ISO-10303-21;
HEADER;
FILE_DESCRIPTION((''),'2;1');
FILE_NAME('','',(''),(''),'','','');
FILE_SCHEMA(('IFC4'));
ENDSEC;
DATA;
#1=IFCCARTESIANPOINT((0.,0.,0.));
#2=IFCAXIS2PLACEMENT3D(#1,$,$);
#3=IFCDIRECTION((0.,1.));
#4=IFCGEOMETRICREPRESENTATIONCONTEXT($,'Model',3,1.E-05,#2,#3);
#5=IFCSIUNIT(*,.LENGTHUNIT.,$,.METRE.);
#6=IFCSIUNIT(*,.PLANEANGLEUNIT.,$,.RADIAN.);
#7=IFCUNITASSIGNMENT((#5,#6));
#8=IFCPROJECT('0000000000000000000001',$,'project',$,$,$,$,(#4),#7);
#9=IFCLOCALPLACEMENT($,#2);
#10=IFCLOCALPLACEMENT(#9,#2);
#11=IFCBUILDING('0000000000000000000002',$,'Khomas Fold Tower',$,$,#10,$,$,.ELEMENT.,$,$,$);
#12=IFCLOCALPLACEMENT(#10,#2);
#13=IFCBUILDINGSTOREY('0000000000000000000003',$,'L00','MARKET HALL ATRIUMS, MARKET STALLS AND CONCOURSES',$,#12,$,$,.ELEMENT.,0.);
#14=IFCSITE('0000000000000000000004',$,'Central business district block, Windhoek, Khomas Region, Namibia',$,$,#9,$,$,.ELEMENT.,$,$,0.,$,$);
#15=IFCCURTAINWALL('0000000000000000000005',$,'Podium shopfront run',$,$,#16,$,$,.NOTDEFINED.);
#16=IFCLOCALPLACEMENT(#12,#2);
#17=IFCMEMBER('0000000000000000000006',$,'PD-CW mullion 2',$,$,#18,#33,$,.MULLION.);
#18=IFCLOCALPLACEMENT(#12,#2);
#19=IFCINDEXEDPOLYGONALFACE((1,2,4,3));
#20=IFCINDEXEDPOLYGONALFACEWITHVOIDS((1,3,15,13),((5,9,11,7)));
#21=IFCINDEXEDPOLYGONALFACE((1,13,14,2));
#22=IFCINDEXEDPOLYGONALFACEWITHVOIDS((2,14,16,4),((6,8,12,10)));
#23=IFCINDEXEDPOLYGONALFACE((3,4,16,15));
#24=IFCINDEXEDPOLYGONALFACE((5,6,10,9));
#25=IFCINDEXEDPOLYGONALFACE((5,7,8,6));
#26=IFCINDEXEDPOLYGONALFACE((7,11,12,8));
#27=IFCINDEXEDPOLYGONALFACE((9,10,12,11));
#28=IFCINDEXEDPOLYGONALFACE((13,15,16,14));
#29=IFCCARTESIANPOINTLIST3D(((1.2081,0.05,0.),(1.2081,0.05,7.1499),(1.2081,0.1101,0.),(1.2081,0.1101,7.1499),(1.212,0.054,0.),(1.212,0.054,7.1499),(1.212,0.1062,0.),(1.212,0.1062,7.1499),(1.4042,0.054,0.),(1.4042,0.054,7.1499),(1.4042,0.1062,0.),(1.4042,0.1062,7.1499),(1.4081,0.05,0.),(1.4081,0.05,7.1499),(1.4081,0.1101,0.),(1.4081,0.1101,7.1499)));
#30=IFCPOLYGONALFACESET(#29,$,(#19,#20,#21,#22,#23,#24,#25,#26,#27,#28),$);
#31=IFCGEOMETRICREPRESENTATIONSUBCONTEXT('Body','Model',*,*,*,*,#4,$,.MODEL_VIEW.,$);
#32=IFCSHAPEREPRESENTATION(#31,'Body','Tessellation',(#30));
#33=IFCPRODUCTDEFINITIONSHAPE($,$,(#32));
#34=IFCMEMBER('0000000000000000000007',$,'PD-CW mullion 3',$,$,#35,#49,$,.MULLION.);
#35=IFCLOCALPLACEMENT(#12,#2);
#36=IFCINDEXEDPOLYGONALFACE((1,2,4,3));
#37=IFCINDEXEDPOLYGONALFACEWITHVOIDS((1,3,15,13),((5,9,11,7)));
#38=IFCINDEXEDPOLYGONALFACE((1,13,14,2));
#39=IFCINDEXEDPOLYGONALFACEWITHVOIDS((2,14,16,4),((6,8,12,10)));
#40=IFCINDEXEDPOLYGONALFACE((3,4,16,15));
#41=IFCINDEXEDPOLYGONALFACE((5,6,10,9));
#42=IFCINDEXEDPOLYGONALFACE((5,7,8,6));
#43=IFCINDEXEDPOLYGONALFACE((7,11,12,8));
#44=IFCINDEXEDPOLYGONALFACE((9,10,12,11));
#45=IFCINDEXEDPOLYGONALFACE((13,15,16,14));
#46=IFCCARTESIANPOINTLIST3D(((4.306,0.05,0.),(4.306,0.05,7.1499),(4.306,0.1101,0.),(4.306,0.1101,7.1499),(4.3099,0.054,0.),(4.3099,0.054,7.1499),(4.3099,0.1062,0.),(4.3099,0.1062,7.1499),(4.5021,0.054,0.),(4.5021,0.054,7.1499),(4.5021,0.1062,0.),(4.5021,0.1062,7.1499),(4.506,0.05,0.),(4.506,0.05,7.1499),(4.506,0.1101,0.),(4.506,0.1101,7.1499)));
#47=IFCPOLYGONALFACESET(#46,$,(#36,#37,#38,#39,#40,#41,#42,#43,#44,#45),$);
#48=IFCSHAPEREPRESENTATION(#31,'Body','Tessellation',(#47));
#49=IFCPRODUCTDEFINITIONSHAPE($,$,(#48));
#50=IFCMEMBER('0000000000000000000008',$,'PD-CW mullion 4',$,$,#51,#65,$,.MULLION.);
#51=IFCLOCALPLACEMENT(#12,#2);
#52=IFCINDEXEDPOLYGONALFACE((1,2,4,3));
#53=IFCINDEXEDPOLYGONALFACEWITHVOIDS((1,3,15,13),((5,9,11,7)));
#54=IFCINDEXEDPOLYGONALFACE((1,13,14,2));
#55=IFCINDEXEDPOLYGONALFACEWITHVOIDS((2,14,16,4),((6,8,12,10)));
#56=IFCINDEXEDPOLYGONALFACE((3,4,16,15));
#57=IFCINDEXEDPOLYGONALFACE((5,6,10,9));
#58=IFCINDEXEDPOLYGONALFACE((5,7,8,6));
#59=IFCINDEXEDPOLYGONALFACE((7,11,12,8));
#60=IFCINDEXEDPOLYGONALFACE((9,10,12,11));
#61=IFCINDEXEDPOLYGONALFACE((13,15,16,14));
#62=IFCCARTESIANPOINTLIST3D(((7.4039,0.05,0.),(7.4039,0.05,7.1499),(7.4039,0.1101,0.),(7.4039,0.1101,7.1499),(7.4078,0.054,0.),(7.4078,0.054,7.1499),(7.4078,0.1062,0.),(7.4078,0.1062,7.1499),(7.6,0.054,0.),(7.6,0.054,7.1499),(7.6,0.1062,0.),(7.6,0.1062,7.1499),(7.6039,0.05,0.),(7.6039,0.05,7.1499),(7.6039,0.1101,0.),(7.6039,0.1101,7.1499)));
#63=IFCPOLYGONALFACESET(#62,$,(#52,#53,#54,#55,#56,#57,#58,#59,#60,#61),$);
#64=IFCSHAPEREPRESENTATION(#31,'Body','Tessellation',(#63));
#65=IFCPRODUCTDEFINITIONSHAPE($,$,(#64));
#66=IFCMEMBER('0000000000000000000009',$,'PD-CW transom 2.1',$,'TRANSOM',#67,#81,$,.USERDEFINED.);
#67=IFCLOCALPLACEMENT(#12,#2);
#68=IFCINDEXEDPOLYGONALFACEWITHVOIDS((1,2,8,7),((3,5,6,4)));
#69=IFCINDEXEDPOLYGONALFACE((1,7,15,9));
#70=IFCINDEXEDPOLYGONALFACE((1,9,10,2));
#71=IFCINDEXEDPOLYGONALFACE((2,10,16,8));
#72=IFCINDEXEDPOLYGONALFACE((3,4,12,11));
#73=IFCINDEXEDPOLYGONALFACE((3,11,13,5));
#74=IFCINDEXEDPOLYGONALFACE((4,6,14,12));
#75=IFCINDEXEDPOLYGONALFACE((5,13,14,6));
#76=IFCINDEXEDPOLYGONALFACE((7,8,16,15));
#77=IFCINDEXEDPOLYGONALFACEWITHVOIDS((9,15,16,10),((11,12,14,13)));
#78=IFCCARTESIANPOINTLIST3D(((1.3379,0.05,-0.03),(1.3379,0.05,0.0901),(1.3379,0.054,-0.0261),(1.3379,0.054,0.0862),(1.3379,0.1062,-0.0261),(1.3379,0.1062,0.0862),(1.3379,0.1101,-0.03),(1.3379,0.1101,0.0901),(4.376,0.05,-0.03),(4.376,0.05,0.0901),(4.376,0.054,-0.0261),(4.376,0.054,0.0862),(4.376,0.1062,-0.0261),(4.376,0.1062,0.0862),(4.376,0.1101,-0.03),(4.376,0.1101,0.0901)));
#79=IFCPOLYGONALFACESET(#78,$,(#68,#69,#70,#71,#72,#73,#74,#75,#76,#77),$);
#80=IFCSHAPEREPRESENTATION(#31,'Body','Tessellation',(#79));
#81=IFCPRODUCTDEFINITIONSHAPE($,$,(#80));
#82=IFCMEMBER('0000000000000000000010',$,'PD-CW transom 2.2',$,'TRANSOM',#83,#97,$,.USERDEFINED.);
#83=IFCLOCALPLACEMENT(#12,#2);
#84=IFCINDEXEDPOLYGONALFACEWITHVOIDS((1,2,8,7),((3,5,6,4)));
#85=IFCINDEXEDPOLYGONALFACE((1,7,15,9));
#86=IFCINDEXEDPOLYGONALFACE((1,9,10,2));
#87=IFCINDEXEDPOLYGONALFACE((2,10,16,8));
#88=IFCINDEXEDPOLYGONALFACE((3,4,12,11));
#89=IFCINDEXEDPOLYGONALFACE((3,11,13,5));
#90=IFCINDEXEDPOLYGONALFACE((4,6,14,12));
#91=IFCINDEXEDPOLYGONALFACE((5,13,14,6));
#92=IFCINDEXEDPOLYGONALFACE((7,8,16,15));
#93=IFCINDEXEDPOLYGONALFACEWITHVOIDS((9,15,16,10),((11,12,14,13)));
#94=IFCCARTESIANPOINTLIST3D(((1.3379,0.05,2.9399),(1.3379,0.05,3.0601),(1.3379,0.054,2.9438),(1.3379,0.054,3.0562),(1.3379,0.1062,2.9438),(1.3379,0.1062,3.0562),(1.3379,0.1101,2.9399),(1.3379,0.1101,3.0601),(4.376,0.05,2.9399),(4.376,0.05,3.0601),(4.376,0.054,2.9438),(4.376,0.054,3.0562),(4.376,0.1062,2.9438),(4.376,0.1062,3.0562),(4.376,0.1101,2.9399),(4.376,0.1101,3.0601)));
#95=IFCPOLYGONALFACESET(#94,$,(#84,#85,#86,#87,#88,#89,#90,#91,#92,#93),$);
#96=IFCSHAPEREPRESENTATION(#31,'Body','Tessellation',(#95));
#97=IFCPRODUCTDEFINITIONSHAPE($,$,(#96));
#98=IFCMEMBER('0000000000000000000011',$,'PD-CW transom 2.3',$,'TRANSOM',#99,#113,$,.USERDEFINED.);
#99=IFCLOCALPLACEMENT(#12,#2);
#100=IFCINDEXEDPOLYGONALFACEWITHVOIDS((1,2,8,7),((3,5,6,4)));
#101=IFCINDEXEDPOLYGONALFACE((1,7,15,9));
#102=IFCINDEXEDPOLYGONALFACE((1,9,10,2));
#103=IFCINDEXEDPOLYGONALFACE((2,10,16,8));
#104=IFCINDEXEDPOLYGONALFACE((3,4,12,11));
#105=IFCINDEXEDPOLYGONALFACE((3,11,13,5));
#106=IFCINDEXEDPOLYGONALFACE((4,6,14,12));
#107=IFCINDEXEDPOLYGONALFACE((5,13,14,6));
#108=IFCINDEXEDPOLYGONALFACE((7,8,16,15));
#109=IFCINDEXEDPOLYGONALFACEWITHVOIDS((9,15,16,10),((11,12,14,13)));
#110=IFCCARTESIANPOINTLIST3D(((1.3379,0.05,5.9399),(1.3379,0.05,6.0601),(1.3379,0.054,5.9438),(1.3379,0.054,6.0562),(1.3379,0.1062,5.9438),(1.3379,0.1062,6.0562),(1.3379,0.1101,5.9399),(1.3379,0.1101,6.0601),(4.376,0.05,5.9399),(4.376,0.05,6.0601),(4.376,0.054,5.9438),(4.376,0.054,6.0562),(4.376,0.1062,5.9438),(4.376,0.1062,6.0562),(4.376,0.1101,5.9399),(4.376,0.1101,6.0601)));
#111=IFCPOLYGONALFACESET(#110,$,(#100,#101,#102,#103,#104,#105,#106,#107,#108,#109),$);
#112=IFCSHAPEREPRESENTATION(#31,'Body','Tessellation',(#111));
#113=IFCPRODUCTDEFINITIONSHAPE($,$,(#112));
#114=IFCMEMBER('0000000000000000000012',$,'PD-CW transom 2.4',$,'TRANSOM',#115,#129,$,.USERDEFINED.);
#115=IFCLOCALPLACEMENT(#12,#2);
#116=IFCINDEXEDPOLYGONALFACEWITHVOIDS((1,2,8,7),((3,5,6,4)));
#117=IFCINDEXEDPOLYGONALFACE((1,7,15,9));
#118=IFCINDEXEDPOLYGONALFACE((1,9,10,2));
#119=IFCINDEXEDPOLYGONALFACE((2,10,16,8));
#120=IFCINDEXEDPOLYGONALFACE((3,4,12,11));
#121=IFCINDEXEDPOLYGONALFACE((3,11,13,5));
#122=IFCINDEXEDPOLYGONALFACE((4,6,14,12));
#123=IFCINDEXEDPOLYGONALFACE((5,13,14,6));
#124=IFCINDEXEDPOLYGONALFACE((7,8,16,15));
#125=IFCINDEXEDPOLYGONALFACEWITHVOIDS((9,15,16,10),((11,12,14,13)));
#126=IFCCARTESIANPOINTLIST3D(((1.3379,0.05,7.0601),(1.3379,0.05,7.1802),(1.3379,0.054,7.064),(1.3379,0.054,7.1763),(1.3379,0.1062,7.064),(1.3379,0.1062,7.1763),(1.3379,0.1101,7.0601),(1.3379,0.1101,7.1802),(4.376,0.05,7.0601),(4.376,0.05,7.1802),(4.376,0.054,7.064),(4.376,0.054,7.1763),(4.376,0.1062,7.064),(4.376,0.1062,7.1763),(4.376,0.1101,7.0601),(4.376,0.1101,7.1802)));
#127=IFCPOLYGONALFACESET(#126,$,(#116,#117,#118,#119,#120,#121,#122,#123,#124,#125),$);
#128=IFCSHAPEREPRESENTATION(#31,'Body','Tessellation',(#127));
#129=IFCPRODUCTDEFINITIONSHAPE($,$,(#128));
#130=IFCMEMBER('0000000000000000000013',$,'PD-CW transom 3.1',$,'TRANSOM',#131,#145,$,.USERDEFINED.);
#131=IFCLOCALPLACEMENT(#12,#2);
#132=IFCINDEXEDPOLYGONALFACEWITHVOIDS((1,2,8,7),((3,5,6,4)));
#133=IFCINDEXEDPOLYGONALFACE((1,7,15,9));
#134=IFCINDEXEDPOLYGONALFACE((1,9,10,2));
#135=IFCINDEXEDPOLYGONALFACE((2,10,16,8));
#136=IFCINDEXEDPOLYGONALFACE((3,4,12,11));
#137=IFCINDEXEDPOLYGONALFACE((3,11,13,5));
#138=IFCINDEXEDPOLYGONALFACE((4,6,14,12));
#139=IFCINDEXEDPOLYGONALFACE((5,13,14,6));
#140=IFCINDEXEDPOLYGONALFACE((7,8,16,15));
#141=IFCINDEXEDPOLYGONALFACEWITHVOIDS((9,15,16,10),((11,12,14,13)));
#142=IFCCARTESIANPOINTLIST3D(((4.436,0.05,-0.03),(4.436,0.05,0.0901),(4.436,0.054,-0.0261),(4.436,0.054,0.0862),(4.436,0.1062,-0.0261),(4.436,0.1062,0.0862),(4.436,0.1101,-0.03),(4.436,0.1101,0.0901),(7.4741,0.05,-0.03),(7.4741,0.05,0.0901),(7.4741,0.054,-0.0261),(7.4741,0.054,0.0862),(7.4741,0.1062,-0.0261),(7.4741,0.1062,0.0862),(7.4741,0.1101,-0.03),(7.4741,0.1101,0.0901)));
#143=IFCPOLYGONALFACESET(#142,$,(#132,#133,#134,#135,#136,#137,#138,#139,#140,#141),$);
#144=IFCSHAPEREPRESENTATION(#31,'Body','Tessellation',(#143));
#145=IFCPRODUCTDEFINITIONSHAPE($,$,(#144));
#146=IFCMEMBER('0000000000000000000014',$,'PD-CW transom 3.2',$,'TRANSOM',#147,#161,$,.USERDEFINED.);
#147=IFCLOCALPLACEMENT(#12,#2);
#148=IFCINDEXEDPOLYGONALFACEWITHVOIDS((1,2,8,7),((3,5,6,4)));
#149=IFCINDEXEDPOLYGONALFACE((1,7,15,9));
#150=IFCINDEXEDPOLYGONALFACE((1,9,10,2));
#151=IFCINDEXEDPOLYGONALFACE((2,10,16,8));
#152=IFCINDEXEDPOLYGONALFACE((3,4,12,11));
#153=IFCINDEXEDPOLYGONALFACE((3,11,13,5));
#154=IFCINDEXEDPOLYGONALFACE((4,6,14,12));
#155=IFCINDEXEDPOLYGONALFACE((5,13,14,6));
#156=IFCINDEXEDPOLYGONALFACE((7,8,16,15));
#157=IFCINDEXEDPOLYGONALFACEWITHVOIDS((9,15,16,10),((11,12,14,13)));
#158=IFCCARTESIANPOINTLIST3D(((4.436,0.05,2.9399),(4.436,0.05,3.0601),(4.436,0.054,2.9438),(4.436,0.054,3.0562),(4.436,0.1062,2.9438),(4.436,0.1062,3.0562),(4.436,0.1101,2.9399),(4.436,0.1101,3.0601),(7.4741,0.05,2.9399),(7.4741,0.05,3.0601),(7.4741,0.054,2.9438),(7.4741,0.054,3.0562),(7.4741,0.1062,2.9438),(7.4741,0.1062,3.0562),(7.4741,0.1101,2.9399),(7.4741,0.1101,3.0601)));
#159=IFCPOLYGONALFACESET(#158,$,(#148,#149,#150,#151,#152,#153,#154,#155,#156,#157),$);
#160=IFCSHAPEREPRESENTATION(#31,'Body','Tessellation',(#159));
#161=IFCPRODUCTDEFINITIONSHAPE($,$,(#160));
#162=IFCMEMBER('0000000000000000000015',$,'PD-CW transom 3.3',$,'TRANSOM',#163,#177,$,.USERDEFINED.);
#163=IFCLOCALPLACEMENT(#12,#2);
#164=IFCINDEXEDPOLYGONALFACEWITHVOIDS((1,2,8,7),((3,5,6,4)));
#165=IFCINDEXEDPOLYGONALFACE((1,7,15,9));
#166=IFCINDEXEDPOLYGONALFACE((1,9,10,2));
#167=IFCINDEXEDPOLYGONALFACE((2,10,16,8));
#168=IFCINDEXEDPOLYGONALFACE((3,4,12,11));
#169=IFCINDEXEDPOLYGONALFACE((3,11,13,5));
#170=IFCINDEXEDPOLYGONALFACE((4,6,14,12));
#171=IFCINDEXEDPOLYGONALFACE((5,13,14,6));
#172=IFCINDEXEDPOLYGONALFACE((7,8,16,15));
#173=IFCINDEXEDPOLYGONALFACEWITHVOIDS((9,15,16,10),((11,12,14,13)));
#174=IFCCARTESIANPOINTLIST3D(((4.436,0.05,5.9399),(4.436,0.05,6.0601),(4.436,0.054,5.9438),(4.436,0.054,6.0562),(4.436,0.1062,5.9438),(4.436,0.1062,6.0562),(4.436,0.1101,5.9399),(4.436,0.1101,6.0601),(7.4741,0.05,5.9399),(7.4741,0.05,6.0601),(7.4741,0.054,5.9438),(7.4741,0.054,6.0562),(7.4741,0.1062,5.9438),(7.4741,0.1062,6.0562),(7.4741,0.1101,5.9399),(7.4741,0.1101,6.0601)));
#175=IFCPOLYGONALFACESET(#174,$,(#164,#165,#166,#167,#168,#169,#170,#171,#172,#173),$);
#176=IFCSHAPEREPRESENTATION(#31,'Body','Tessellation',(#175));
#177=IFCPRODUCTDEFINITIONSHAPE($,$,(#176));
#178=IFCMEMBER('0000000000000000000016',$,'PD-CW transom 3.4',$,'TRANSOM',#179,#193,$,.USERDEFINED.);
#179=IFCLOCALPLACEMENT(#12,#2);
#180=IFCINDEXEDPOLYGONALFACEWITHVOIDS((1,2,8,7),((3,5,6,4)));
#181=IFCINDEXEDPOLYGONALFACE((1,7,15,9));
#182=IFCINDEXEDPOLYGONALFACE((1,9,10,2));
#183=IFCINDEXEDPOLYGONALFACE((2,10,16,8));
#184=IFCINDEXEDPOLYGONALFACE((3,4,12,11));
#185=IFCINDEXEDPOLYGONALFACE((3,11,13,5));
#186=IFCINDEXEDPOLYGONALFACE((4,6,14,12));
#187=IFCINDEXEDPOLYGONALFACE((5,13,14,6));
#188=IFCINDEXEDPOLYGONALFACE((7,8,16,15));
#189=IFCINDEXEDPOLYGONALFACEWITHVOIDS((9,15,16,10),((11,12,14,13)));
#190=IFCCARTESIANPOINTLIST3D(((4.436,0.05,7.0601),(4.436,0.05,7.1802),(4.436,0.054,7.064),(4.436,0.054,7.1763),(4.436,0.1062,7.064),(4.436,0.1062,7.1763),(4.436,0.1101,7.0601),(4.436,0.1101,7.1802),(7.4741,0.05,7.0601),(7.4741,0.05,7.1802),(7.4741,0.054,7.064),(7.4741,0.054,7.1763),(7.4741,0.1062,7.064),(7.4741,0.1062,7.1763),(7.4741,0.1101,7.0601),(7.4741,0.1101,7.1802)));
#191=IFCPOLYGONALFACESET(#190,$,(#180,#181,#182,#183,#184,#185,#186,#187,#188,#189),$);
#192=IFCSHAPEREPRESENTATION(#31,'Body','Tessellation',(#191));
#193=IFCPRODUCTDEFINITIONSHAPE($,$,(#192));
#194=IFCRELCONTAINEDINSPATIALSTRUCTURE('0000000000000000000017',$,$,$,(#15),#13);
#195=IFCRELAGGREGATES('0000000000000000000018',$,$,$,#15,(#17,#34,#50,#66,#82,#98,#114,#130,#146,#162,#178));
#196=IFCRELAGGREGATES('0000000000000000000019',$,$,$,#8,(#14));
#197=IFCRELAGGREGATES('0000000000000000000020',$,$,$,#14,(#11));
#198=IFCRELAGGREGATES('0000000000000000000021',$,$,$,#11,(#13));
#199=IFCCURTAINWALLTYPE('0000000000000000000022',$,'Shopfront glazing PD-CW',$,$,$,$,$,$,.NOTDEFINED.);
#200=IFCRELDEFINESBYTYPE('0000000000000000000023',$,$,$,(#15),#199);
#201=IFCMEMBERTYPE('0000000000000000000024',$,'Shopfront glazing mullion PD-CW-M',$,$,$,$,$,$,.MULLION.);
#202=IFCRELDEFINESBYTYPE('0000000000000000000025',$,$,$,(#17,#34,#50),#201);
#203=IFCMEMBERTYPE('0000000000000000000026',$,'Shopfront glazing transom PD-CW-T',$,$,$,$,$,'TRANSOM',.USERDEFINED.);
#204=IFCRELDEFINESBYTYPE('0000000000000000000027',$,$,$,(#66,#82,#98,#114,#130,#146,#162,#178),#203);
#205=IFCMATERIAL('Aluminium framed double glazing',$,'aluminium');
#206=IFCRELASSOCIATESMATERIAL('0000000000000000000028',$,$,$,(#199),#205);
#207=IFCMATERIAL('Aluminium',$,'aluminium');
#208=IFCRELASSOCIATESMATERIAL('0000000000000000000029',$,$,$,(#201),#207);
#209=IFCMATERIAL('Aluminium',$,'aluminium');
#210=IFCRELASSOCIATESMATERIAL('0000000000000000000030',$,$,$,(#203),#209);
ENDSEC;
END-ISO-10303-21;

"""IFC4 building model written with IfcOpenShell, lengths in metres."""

from ifc_helpers import new_model, si_unit, direction, frame, origin, origin_2d, place, context, subcontext, project, spatial, hollow_rectangle, extrude, source, transform, mapped, material, material_profile, profile_set, type_object, element, aggregate, save


model = new_model("IFC4")

# Units and contexts
model_context = context("Model", 3, precision=1e-05, world=origin(), true_north=direction((0.0, 1.0)))
body_context = subcontext(model_context, "Body", "Model", "MODEL_VIEW")
ifc_project = project(units=[si_unit("LENGTHUNIT", "METRE"), si_unit("PLANEANGLEUNIT", "RADIAN")], contexts=[model_context])

# Site, building, storey
site_placement = place(None, origin())
site = spatial("IfcSite", under=ifc_project, at=site_placement, Name="Central business district block, Windhoek, Khomas Region, Namibia", CompositionType="ELEMENT", RefElevation=0.0)
building_placement = place(site_placement, origin())
building = spatial("IfcBuilding", under=site, at=building_placement, Name="Khomas Fold Tower", CompositionType="ELEMENT")
storey_placement = place(building_placement, origin())
storey = spatial("IfcBuildingStorey", under=building, at=storey_placement, Name="L00", Description="MARKET HALL ATRIUMS, MARKET STALLS AND CONCOURSES", CompositionType="ELEMENT", Elevation=0.0)

# Curtain wall, members
ifc_material_1 = material(Name="Aluminium framed double glazing", Category="aluminium")
curtain_wall_type = type_object("IfcCurtainWallType", Name="Shopfront glazing PD-CW", PredefinedType="NOTDEFINED", material=ifc_material_1)
curtain_wall_placement = place(storey_placement, origin())
curtain_wall = element("IfcCurtainWall", 1, at=curtain_wall_placement, inside=storey, type_object=curtain_wall_type, Name="Podium shopfront run", PredefinedType="NOTDEFINED")
ifc_material_2 = material(Name="Aluminium", Category="aluminium")
ifc_material_profile_1 = material_profile(ifc_material_2, hollow_rectangle(XDim=0.0601, YDim=0.2, WallThickness=0.0039, at=origin_2d()), Name="Shopfront glazing mullion PD-CW-M")
ifc_profile_set_1 = profile_set([ifc_material_profile_1], Name="Aluminium")
member_type_1 = type_object("IfcMemberType", Name="Shopfront glazing mullion PD-CW-M", PredefinedType="MULLION", material=ifc_profile_set_1)
shared_shape_1 = source(origin(), body_context, "Body", "SweptSolid", [
    extrude(hollow_rectangle(XDim=0.0601, YDim=0.2, WallThickness=0.0039, at=origin_2d()), origin(), (0.0, 0.0, 1.0), 7.1499),
])
member_1_placement = place(storey_placement, frame((1.3081, 0.0801, 0.0), z_axis=(0.0, 0.0, 1.0), x_axis=(0.0, 1.0, 0.0)))
member_1 = element("IfcMember", 2, at=member_1_placement, type_object=member_type_1, Name="PD-CW mullion 2", PredefinedType="MULLION", context=body_context, shape_type="MappedRepresentation", body=[
    mapped(shared_shape_1, transform((0.0, 0.0, 0.0))),
])
member_2_placement = place(storey_placement, frame((4.406, 0.0801, 0.0), z_axis=(0.0, 0.0, 1.0), x_axis=(0.0, 1.0, 0.0)))
member_2 = element("IfcMember", 3, at=member_2_placement, type_object=member_type_1, Name="PD-CW mullion 3", PredefinedType="MULLION", context=body_context, shape_type="MappedRepresentation", body=[
    mapped(shared_shape_1, transform((0.0, 0.0, 0.0))),
])
member_3_placement = place(storey_placement, frame((7.5039, 0.0801, 0.0), z_axis=(0.0, 0.0, 1.0), x_axis=(0.0, 1.0, 0.0)))
member_3 = element("IfcMember", 4, at=member_3_placement, type_object=member_type_1, Name="PD-CW mullion 4", PredefinedType="MULLION", context=body_context, shape_type="MappedRepresentation", body=[
    mapped(shared_shape_1, transform((0.0, 0.0, 0.0))),
])
ifc_material_3 = material(Name="Aluminium", Category="aluminium")
ifc_material_profile_2 = material_profile(ifc_material_3, hollow_rectangle(XDim=0.0601, YDim=0.1201, WallThickness=0.0039, at=origin_2d()), Name="Shopfront glazing transom PD-CW-T")
ifc_profile_set_2 = profile_set([ifc_material_profile_2], Name="Aluminium")
member_type_2 = type_object("IfcMemberType", Name="Shopfront glazing transom PD-CW-T", ElementType="TRANSOM", PredefinedType="USERDEFINED", material=ifc_profile_set_2)
shared_shape_2 = source(origin(), body_context, "Body", "SweptSolid", [
    extrude(hollow_rectangle(XDim=0.0601, YDim=0.1201, WallThickness=0.0039, at=origin_2d()), origin(), (0.0, 0.0, 1.0), 3.0381),
])
member_4_placement = place(storey_placement, frame((1.3379, 0.0801, 0.03), z_axis=(1.0, 0.0, 0.0), x_axis=(0.0, 1.0, 0.0)))
member_4 = element("IfcMember", 5, at=member_4_placement, type_object=member_type_2, Name="PD-CW transom 2.1", ObjectType="TRANSOM", PredefinedType="USERDEFINED", context=body_context, shape_type="MappedRepresentation", body=[
    mapped(shared_shape_2, transform((0.0, 0.0, 0.0))),
])
member_5_placement = place(storey_placement, frame((1.3379, 0.0801, 3.0), z_axis=(1.0, 0.0, 0.0), x_axis=(0.0, 1.0, 0.0)))
member_5 = element("IfcMember", 6, at=member_5_placement, type_object=member_type_2, Name="PD-CW transom 2.2", ObjectType="TRANSOM", PredefinedType="USERDEFINED", context=body_context, shape_type="MappedRepresentation", body=[
    mapped(shared_shape_2, transform((0.0, 0.0, 0.0))),
])
member_6_placement = place(storey_placement, frame((1.3379, 0.0801, 6.0), z_axis=(1.0, 0.0, 0.0), x_axis=(0.0, 1.0, 0.0)))
member_6 = element("IfcMember", 7, at=member_6_placement, type_object=member_type_2, Name="PD-CW transom 2.3", ObjectType="TRANSOM", PredefinedType="USERDEFINED", context=body_context, shape_type="MappedRepresentation", body=[
    mapped(shared_shape_2, transform((0.0, 0.0, 0.0))),
])
member_7_placement = place(storey_placement, frame((1.3379, 0.0801, 7.1201), z_axis=(1.0, 0.0, 0.0), x_axis=(0.0, 1.0, 0.0)))
member_7 = element("IfcMember", 8, at=member_7_placement, type_object=member_type_2, Name="PD-CW transom 2.4", ObjectType="TRANSOM", PredefinedType="USERDEFINED", context=body_context, shape_type="MappedRepresentation", body=[
    mapped(shared_shape_2, transform((0.0, 0.0, 0.0))),
])
member_8_placement = place(storey_placement, frame((4.436, 0.0801, 0.03), z_axis=(1.0, 0.0, 0.0), x_axis=(0.0, 1.0, 0.0)))
member_8 = element("IfcMember", 9, at=member_8_placement, type_object=member_type_2, Name="PD-CW transom 3.1", ObjectType="TRANSOM", PredefinedType="USERDEFINED", context=body_context, shape_type="MappedRepresentation", body=[
    mapped(shared_shape_2, transform((0.0, 0.0, 0.0))),
])
member_9_placement = place(storey_placement, frame((4.436, 0.0801, 3.0), z_axis=(1.0, 0.0, 0.0), x_axis=(0.0, 1.0, 0.0)))
member_9 = element("IfcMember", 10, at=member_9_placement, type_object=member_type_2, Name="PD-CW transom 3.2", ObjectType="TRANSOM", PredefinedType="USERDEFINED", context=body_context, shape_type="MappedRepresentation", body=[
    mapped(shared_shape_2, transform((0.0, 0.0, 0.0))),
])
member_10_placement = place(storey_placement, frame((4.436, 0.0801, 6.0), z_axis=(1.0, 0.0, 0.0), x_axis=(0.0, 1.0, 0.0)))
member_10 = element("IfcMember", 11, at=member_10_placement, type_object=member_type_2, Name="PD-CW transom 3.3", ObjectType="TRANSOM", PredefinedType="USERDEFINED", context=body_context, shape_type="MappedRepresentation", body=[
    mapped(shared_shape_2, transform((0.0, 0.0, 0.0))),
])
member_11_placement = place(storey_placement, frame((4.436, 0.0801, 7.1201), z_axis=(1.0, 0.0, 0.0), x_axis=(0.0, 1.0, 0.0)))
member_11 = element("IfcMember", 12, at=member_11_placement, type_object=member_type_2, Name="PD-CW transom 3.4", ObjectType="TRANSOM", PredefinedType="USERDEFINED", context=body_context, shape_type="MappedRepresentation", body=[
    mapped(shared_shape_2, transform((0.0, 0.0, 0.0))),
])
aggregate(curtain_wall, [member_1, member_2, member_3, member_4, member_5, member_6, member_7, member_8, member_9, member_10, member_11])

save(model, "model.ifc")
